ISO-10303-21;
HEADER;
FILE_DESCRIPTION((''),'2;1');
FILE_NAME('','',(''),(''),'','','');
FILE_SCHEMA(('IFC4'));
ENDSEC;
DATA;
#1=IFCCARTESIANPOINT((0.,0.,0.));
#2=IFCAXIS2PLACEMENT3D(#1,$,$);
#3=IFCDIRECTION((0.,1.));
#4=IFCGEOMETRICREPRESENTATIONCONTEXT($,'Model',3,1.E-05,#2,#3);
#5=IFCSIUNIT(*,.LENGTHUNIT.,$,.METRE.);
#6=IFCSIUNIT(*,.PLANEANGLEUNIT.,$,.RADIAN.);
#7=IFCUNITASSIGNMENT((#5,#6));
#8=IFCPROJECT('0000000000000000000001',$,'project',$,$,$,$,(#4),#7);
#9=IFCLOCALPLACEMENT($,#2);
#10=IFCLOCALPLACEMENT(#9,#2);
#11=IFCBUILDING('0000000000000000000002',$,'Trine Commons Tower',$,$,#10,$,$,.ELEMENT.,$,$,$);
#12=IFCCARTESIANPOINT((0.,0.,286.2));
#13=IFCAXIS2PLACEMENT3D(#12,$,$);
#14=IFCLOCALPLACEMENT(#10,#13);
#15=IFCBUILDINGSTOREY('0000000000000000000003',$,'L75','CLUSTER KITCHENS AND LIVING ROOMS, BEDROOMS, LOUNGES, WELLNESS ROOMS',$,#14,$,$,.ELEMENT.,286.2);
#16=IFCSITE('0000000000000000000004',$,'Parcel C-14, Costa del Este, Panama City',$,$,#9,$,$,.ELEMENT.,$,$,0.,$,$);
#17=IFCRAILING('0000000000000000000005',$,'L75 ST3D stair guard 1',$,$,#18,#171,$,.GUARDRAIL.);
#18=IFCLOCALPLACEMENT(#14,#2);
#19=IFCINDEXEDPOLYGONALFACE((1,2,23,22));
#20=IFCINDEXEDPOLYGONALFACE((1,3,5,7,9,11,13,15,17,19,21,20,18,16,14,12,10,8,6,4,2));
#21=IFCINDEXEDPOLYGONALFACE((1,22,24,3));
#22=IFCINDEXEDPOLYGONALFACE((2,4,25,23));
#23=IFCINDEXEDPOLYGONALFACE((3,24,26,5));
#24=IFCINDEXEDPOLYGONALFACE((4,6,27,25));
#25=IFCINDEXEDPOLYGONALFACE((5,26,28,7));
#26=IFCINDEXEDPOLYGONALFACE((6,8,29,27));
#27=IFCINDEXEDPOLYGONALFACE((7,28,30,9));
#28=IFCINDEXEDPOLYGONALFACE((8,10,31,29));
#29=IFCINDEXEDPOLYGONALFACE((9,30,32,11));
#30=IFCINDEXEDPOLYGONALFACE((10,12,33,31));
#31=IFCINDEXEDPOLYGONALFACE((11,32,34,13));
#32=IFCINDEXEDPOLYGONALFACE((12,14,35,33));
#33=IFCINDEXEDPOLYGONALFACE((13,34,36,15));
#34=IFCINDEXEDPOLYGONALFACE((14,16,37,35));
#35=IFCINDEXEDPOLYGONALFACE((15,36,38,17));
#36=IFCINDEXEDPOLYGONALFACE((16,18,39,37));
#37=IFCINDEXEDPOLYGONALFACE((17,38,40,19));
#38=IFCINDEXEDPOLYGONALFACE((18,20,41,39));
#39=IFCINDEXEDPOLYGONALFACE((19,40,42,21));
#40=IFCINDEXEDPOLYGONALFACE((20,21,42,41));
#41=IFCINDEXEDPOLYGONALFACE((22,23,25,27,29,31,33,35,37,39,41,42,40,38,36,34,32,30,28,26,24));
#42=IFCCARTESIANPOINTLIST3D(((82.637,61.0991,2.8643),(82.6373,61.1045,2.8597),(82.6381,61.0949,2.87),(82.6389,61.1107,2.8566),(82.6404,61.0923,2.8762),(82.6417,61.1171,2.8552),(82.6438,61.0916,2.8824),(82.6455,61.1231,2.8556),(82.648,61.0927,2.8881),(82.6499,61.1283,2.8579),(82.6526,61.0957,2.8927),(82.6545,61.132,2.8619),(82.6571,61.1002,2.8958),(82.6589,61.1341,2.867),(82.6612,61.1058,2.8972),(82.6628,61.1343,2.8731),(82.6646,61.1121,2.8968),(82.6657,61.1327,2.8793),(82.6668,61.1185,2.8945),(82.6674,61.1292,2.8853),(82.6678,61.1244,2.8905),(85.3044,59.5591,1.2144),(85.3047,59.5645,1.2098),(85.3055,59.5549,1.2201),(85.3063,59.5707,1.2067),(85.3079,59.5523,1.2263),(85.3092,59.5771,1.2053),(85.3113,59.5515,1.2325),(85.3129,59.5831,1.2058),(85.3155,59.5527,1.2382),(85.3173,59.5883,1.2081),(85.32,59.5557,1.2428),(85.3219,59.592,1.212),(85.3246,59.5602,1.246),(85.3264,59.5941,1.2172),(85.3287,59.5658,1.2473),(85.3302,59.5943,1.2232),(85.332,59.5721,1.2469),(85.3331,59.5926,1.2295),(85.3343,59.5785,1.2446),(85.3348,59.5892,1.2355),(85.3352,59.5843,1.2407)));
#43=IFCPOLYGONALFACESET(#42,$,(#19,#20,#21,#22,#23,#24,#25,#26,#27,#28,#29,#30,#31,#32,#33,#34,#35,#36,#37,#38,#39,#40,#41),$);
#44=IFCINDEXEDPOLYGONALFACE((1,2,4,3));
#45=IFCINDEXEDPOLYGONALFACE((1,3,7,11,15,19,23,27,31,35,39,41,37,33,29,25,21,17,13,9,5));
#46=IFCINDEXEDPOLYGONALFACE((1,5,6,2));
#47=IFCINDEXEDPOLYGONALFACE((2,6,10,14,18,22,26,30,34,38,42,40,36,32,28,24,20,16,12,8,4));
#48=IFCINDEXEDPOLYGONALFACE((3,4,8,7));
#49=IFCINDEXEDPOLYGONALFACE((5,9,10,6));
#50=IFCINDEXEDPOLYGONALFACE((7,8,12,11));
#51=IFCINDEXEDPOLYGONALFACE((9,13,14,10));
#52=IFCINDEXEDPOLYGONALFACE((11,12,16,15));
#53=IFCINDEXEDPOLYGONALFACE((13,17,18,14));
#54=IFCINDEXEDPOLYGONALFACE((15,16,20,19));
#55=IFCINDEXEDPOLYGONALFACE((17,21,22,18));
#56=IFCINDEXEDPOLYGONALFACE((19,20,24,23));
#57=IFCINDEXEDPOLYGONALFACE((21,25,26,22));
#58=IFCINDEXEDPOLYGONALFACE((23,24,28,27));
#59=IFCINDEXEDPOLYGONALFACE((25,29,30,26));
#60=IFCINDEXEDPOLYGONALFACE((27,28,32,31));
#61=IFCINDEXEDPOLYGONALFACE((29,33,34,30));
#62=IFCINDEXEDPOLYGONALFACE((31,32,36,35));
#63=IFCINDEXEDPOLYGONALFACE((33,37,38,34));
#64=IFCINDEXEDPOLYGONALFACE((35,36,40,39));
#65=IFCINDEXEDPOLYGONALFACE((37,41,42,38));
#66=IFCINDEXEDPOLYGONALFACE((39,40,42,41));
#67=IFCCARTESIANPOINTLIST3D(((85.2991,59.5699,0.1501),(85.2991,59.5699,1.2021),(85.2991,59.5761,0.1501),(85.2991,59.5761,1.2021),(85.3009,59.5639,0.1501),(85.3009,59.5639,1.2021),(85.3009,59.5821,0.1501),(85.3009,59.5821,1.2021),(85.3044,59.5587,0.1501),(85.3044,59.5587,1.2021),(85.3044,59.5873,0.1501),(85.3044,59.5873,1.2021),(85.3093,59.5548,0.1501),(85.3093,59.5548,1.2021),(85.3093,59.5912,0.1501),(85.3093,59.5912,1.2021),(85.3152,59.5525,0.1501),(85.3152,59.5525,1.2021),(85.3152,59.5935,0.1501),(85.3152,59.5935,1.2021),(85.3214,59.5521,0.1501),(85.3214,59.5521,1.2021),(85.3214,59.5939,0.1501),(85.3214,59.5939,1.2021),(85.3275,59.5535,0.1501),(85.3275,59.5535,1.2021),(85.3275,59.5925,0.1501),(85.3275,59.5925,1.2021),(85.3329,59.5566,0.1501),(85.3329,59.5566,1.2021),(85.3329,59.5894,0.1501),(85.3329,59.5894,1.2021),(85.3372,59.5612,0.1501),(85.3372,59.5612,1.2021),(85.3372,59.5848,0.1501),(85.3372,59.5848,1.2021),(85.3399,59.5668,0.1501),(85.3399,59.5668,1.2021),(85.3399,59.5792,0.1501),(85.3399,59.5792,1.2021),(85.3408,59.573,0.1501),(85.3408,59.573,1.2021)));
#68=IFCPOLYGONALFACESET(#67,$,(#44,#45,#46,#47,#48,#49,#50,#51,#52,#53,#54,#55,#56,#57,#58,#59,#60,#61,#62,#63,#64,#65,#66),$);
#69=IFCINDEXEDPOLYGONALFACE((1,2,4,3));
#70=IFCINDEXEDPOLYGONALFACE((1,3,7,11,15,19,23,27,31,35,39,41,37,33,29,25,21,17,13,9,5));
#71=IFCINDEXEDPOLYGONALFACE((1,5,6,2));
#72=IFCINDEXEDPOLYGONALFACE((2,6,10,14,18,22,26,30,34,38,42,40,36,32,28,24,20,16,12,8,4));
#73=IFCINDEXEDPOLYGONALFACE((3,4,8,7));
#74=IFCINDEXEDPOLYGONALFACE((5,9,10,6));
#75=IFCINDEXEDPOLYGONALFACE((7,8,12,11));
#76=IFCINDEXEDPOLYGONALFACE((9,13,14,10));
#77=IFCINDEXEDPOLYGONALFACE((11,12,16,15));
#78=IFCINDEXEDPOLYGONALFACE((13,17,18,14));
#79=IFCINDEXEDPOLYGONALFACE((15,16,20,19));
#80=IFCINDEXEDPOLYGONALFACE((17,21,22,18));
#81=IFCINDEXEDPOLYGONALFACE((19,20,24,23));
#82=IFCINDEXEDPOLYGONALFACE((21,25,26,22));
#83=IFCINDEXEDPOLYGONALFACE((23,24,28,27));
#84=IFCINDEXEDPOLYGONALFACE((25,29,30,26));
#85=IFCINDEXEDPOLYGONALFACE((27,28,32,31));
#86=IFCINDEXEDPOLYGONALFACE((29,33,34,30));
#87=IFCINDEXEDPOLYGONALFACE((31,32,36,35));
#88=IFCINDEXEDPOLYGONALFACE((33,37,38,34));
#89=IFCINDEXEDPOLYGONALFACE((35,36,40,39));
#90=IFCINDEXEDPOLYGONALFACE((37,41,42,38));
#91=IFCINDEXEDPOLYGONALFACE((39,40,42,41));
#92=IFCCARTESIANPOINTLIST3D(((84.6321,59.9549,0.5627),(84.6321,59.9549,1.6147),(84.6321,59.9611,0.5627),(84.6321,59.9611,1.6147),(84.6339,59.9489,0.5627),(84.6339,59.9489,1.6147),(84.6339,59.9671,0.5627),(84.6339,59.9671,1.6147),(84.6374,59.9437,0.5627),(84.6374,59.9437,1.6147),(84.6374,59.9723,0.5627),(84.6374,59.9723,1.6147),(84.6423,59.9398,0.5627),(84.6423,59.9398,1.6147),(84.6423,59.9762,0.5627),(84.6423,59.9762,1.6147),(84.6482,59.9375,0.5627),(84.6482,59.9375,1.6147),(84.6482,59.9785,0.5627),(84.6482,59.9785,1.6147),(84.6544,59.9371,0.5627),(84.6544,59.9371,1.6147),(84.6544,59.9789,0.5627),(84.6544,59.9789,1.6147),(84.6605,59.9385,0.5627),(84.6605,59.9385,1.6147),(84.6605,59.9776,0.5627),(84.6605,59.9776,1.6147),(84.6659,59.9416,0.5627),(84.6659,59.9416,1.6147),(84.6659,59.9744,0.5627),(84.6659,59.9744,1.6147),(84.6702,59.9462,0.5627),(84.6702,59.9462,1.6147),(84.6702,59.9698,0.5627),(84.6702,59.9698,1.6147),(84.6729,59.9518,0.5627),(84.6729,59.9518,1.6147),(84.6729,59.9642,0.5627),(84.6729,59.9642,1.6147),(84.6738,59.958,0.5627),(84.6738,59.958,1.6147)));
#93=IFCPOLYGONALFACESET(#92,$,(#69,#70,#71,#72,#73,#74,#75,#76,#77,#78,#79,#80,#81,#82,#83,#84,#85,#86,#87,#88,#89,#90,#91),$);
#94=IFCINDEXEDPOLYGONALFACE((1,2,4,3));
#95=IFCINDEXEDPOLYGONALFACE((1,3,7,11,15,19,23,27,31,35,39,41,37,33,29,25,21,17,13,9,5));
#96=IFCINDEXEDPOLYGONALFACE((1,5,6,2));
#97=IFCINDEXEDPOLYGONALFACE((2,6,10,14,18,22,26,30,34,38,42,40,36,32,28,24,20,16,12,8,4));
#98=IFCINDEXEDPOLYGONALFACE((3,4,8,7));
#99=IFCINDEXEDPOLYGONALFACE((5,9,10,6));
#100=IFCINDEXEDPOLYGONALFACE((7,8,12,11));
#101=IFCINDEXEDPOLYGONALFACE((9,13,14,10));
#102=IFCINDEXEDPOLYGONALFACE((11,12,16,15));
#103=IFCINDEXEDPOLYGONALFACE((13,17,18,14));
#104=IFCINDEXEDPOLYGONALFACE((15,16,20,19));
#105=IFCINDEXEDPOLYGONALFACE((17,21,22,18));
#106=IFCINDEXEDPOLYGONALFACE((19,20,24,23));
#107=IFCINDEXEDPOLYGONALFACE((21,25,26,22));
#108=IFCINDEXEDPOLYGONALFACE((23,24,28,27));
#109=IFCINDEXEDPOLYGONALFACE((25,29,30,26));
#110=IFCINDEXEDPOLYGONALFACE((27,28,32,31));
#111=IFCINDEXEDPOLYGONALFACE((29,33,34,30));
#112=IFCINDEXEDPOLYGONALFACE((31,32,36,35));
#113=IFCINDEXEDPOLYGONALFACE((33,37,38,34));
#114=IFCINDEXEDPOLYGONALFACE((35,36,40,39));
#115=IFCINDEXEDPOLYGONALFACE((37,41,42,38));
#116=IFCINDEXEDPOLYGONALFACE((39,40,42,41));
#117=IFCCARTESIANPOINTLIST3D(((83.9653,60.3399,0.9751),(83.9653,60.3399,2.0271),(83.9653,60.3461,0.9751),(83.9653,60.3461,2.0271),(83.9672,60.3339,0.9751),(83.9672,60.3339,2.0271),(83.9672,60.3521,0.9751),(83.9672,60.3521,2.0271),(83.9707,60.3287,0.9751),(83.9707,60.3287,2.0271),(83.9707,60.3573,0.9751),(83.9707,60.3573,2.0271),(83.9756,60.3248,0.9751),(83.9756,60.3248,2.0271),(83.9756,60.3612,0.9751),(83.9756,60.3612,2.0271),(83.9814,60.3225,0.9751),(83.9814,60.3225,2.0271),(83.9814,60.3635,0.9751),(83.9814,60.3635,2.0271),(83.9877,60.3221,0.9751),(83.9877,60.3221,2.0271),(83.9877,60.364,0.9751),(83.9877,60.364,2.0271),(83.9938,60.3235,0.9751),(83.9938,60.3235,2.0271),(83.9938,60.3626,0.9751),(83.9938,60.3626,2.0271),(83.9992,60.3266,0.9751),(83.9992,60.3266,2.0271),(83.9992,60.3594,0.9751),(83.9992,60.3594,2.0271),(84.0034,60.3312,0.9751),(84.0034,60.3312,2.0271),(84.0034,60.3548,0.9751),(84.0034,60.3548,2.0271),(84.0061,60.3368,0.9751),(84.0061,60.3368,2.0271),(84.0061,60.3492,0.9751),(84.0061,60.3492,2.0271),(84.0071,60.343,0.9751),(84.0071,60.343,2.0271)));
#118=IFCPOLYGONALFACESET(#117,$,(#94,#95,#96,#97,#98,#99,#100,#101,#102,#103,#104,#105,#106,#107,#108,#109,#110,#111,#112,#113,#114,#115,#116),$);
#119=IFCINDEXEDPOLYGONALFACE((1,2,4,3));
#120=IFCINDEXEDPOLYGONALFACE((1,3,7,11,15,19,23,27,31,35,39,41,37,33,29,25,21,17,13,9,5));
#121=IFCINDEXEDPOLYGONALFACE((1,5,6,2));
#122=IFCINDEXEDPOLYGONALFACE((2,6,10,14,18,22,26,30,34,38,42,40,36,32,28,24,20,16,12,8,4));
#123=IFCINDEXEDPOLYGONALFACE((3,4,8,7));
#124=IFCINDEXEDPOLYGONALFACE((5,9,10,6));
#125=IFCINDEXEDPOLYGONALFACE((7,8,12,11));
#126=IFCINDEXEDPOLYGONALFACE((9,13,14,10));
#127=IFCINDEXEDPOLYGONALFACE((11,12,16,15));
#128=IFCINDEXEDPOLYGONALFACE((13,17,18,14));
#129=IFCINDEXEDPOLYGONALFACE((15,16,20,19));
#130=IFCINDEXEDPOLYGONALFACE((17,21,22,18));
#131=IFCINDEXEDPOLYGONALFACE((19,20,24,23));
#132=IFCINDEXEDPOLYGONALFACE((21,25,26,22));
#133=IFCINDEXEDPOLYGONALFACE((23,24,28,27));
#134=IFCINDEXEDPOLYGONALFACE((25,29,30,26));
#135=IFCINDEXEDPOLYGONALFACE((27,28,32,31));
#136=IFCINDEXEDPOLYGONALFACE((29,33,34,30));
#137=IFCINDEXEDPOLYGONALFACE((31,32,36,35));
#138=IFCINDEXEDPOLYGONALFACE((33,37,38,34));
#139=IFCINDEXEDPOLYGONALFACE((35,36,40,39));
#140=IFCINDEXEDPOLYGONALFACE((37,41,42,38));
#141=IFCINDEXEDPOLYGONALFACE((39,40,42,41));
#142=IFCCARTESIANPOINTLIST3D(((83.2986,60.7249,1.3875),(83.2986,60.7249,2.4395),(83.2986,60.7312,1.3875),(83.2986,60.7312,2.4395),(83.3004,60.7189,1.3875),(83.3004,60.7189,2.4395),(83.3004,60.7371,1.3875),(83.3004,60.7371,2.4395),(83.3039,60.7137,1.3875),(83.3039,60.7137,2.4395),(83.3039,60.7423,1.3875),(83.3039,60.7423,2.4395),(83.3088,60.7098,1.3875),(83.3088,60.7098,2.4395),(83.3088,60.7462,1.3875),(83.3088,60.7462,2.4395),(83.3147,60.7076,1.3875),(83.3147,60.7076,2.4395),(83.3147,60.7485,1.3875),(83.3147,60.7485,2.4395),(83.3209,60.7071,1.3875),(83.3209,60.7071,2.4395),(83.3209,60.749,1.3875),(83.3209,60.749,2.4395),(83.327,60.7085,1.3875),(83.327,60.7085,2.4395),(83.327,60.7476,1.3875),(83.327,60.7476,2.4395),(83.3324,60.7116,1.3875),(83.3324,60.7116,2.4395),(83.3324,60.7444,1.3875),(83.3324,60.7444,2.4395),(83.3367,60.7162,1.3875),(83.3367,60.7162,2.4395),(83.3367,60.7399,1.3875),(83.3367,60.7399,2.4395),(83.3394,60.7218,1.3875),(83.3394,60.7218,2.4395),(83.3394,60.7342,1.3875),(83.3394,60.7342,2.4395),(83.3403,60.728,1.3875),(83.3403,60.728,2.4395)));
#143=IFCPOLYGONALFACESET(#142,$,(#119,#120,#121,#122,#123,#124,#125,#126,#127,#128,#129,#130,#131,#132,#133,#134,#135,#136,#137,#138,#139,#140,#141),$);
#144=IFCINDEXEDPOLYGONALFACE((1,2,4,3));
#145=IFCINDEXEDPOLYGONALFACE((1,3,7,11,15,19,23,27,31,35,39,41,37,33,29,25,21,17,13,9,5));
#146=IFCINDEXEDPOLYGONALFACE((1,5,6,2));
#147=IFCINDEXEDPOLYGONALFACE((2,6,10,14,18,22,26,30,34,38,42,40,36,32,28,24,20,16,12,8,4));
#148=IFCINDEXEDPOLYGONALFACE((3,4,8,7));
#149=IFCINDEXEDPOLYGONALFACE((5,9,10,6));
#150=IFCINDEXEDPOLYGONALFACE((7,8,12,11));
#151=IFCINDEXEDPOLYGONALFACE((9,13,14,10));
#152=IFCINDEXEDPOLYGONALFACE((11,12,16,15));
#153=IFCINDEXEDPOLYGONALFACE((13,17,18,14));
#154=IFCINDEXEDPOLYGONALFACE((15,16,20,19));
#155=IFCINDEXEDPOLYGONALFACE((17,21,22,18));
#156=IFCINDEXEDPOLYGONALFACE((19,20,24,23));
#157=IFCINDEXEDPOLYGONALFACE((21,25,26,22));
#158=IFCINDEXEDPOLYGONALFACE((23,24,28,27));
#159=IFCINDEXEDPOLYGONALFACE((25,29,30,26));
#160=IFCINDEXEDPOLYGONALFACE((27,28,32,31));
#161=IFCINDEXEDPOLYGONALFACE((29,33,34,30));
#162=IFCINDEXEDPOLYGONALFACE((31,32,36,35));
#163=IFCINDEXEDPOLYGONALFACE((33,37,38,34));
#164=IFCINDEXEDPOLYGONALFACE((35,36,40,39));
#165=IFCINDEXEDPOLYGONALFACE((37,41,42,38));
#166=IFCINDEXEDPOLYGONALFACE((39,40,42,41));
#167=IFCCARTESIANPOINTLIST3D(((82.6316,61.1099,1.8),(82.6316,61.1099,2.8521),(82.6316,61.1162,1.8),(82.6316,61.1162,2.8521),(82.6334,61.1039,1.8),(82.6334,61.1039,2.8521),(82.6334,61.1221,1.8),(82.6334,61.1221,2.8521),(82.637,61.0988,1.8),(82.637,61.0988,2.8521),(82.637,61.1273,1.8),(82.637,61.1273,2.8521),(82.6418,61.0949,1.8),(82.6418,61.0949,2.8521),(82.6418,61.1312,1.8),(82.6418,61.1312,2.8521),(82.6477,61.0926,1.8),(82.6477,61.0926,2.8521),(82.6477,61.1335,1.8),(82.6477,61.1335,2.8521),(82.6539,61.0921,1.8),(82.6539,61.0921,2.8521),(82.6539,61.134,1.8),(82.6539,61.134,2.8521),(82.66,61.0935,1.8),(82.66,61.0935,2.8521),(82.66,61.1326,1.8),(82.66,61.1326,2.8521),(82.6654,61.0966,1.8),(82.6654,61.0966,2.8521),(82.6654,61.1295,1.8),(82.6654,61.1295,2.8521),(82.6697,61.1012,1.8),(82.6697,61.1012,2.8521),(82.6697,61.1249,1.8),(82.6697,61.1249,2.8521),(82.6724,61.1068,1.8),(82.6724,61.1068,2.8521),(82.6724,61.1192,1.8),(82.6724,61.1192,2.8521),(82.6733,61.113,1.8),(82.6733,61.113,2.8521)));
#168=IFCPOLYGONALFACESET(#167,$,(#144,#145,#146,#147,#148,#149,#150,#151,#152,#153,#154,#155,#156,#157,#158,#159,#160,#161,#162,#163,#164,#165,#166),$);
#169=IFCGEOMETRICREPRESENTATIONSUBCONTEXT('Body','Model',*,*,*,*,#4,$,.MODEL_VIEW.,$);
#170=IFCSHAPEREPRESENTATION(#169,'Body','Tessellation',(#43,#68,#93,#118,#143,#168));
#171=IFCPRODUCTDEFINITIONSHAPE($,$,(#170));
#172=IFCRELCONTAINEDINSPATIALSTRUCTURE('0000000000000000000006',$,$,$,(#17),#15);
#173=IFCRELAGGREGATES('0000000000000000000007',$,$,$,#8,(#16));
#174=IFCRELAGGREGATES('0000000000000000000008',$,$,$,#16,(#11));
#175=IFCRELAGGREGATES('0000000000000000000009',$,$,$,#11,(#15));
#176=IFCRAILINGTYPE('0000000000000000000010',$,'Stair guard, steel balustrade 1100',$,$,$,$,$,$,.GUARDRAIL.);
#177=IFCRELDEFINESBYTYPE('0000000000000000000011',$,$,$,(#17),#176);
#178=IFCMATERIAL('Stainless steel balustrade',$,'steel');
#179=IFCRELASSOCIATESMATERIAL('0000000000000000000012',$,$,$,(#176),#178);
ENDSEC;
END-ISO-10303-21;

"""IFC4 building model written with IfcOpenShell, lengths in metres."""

from ifc_helpers import new_model, si_unit, direction, frame, origin, origin_2d, place, context, subcontext, project, spatial, circle, extrude, material, type_object, element, save


model = new_model("IFC4")

# Units and contexts
model_context = context("Model", 3, precision=1e-05, world=origin(), true_north=direction((0.0, 1.0)))
body_context = subcontext(model_context, "Body", "Model", "MODEL_VIEW")
ifc_project = project(units=[si_unit("LENGTHUNIT", "METRE"), si_unit("PLANEANGLEUNIT", "RADIAN")], contexts=[model_context])

# Site, building, storey
site_placement = place(None, origin())
site = spatial("IfcSite", under=ifc_project, at=site_placement, Name="Parcel C-14, Costa del Este, Panama City", CompositionType="ELEMENT", RefElevation=0.0)
building_placement = place(site_placement, origin())
building = spatial("IfcBuilding", under=site, at=building_placement, Name="Trine Commons Tower", CompositionType="ELEMENT")
storey_placement = place(building_placement, frame((0.0, 0.0, 286.2)))
storey = spatial("IfcBuildingStorey", under=building, at=storey_placement, Name="L75", Description="CLUSTER KITCHENS AND LIVING ROOMS, BEDROOMS, LOUNGES, WELLNESS ROOMS", CompositionType="ELEMENT", Elevation=286.2)

# Railing
ifc_material_1 = material(Name="Stainless steel balustrade", Category="steel")
railing_type_1 = type_object("IfcRailingType", Name="Stair guard, steel balustrade 1100", PredefinedType="GUARDRAIL", material=ifc_material_1)
railing_1_placement = place(storey_placement, frame((85.3198, 59.573, 0.1501)))
element("IfcRailing", 1, at=railing_1_placement, inside=storey, type_object=railing_type_1, Name="L75 ST3D stair guard 1", PredefinedType="GUARDRAIL", context=body_context, shape_type="SweptSolid", body=[
    extrude(circle(Radius=0.0239, at=origin_2d()), frame((0.0, 0.0, 1.0762), z_axis=(-0.763405, 0.440743, 0.472185), x_axis=(-0.499992, -0.86603, 0.0)), (0.0, 0.0, 1.0), 3.4941),
    extrude(circle(Radius=0.021, at=origin_2d()), origin(), (0.0, 0.0, 1.0), 1.052),
    extrude(circle(Radius=0.021, at=origin_2d()), frame((-0.667, 0.385, 0.4126)), (0.0, 0.0, 1.0), 1.052),
    extrude(circle(Radius=0.021, at=origin_2d()), frame((-1.3337, 0.77, 0.825)), (0.0, 0.0, 1.0), 1.052),
    extrude(circle(Radius=0.021, at=origin_2d()), frame((-2.0005, 1.155, 1.2373)), (0.0, 0.0, 1.0), 1.052),
    extrude(circle(Radius=0.021, at=origin_2d()), frame((-2.6675, 1.54, 1.6499)), (0.0, 0.0, 1.0), 1.052),
])

save(model, "model.ifc")
